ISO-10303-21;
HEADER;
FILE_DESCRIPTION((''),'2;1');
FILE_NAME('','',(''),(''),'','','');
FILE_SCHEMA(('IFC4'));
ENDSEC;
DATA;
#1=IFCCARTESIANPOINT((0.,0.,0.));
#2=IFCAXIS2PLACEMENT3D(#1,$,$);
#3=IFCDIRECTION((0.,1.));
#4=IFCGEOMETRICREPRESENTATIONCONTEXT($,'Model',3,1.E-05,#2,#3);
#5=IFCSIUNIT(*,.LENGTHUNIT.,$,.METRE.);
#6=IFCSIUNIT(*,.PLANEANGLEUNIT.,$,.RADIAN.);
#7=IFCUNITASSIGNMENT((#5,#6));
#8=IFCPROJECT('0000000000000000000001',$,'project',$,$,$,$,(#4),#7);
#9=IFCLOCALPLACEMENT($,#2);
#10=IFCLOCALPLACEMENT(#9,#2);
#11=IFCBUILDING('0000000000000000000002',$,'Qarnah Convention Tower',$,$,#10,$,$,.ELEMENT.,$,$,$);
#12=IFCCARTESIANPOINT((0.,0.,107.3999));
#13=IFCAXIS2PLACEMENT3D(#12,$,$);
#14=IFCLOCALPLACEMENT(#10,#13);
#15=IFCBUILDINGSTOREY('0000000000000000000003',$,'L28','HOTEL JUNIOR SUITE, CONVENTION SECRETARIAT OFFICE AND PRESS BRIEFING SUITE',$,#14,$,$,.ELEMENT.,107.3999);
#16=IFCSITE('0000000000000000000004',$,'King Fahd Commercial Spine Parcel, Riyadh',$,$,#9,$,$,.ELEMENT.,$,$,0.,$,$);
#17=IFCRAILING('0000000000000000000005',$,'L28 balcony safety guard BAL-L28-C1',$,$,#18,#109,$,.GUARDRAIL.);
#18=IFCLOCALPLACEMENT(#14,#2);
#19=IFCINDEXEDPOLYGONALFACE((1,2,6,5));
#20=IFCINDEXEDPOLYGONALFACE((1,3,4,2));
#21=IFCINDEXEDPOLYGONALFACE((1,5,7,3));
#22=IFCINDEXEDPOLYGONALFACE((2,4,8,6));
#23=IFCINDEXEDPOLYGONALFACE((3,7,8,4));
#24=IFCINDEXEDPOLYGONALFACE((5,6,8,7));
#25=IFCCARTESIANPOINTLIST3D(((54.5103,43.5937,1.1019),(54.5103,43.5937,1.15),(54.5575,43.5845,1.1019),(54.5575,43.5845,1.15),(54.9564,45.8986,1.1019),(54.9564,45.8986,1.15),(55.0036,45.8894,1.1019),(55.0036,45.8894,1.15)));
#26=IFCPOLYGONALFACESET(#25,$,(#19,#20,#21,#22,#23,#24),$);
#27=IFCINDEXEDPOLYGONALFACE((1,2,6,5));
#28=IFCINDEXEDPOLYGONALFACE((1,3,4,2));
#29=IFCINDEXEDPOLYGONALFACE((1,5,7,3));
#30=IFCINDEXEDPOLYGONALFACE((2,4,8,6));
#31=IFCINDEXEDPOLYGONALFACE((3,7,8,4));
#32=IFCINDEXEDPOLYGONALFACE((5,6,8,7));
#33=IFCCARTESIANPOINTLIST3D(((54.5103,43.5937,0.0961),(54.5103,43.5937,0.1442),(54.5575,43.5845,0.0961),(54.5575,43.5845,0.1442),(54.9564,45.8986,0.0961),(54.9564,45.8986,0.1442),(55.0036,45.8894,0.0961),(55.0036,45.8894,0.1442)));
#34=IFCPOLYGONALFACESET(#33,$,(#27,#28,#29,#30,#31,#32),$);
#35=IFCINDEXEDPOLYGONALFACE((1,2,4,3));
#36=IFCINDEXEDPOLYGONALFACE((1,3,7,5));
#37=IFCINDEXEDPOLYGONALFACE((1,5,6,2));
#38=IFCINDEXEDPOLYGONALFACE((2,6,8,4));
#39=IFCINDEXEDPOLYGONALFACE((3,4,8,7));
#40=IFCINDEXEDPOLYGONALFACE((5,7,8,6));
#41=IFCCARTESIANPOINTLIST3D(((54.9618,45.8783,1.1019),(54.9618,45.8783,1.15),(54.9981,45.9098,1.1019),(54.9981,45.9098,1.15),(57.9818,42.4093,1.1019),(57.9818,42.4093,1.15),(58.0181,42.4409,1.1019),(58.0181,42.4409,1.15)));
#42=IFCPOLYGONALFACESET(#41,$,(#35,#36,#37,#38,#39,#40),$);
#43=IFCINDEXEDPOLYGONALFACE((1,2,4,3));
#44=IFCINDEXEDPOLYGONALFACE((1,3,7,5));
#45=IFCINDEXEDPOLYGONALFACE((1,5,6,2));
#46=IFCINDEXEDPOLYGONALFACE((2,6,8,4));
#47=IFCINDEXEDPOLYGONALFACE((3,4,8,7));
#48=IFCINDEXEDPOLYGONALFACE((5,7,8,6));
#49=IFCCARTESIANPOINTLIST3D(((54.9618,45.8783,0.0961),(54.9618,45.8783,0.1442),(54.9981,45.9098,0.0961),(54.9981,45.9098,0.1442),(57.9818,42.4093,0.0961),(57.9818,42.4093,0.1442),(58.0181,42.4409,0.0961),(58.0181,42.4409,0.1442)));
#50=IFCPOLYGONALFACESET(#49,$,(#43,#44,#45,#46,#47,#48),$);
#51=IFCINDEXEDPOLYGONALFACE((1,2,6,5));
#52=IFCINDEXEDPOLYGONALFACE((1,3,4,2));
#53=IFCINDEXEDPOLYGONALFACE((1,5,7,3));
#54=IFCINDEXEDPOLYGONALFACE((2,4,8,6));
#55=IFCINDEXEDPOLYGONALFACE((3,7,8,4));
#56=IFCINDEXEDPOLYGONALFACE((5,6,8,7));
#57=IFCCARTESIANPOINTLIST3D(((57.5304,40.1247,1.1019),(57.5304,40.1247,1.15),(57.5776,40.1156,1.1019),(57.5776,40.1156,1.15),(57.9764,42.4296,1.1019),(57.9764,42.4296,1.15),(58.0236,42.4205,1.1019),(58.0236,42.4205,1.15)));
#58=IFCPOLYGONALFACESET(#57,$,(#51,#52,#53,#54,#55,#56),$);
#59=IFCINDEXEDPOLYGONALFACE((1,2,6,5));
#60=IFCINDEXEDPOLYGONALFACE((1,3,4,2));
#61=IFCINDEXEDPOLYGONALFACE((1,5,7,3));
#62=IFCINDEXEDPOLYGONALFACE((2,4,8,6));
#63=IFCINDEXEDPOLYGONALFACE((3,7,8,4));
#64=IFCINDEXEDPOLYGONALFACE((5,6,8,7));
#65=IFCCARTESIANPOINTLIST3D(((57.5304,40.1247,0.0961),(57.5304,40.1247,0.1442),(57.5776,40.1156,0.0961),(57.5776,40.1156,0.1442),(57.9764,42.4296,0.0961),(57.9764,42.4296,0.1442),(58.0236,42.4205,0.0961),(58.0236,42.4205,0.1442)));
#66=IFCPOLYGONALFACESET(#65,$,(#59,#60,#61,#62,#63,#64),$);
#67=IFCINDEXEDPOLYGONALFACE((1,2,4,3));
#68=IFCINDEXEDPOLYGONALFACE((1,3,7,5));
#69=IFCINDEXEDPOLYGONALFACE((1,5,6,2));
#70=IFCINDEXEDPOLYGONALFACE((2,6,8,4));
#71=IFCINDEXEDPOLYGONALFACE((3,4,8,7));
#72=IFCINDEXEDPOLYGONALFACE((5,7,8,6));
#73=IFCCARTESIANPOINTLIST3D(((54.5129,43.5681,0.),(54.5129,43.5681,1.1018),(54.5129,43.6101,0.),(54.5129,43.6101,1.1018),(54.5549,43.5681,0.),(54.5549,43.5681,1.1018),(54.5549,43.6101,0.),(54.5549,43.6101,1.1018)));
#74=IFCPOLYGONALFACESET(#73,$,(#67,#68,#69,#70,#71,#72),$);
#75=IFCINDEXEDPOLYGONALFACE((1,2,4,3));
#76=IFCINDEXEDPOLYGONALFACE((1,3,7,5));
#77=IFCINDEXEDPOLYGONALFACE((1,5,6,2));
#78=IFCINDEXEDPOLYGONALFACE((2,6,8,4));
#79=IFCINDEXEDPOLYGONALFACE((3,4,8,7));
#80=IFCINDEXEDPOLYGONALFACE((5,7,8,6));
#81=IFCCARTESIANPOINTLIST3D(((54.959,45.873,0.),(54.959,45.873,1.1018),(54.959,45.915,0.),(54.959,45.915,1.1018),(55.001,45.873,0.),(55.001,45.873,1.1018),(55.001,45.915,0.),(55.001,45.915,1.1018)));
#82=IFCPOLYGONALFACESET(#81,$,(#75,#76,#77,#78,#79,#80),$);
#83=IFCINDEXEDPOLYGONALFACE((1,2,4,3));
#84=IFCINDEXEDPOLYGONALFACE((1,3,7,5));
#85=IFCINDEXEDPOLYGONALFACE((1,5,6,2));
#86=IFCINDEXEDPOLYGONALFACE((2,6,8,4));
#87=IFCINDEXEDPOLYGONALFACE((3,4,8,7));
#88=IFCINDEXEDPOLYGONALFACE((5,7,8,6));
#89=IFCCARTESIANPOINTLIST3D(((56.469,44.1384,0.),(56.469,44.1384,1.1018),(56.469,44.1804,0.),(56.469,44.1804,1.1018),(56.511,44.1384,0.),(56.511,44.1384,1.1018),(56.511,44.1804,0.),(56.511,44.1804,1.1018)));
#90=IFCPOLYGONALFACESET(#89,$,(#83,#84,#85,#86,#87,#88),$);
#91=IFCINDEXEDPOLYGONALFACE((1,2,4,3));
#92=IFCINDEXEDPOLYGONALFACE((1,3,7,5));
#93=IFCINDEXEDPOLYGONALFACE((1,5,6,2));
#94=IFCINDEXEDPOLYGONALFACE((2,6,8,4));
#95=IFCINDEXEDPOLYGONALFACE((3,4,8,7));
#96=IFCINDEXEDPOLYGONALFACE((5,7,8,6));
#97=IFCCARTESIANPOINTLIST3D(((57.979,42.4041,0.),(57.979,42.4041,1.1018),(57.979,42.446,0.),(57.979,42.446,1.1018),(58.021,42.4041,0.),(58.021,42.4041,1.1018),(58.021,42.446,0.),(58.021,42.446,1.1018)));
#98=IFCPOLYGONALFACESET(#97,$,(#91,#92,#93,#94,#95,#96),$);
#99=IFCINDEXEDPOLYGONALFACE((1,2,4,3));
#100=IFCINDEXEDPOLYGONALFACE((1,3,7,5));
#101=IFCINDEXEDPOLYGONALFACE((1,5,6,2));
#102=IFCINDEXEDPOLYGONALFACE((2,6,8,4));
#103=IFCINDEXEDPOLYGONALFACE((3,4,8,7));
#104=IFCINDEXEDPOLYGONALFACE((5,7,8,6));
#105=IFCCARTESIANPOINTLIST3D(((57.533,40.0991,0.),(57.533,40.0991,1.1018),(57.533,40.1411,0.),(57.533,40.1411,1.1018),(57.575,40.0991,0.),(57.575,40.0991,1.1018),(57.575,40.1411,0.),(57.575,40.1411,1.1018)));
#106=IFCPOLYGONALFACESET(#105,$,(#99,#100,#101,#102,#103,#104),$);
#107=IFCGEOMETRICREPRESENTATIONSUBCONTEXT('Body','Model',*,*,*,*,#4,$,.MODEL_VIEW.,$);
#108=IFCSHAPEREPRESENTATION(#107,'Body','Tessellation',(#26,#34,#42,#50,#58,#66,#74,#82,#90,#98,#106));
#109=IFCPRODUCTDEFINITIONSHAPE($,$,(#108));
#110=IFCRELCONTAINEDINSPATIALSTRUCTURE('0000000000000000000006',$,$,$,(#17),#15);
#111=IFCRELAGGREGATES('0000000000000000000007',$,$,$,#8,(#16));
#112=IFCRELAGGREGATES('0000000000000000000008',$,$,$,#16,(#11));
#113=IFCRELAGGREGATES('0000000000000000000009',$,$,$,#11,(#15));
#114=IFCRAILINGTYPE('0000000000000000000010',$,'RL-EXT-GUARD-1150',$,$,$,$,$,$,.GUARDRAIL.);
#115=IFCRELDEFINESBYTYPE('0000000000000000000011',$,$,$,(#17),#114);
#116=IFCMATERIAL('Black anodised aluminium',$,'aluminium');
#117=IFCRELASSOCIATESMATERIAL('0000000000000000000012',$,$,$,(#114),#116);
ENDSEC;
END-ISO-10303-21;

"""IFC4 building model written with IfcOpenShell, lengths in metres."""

from ifc_helpers import new_model, si_unit, direction, frame, origin, origin_2d, place, context, subcontext, project, spatial, rectangle, extrude, material, type_object, element, save


model = new_model("IFC4")

# Units and contexts
model_context = context("Model", 3, precision=1e-05, world=origin(), true_north=direction((0.0, 1.0)))
body_context = subcontext(model_context, "Body", "Model", "MODEL_VIEW")
ifc_project = project(units=[si_unit("LENGTHUNIT", "METRE"), si_unit("PLANEANGLEUNIT", "RADIAN")], contexts=[model_context])

# Site, building, storey
site_placement = place(None, origin())
site = spatial("IfcSite", under=ifc_project, at=site_placement, Name="King Fahd Commercial Spine Parcel, Riyadh", CompositionType="ELEMENT", RefElevation=0.0)
building_placement = place(site_placement, origin())
building = spatial("IfcBuilding", under=site, at=building_placement, Name="Qarnah Convention Tower", CompositionType="ELEMENT")
storey_placement = place(building_placement, frame((0.0, 0.0, 107.3999)))
storey = spatial("IfcBuildingStorey", under=building, at=storey_placement, Name="L28", Description="HOTEL JUNIOR SUITE, CONVENTION SECRETARIAT OFFICE AND PRESS BRIEFING SUITE", CompositionType="ELEMENT", Elevation=107.3999)

# Shared definitions
ifc_material_1 = material(Name="Black anodised aluminium", Category="aluminium")

# Railing
railing_type = type_object("IfcRailingType", Name="RL-EXT-GUARD-1150", PredefinedType="GUARDRAIL", material=ifc_material_1)
railing_1_placement = place(storey_placement, frame((54.5339, 43.5891, 0.0)))
element("IfcRailing", 1, at=railing_1_placement, inside=storey, type_object=railing_type, Name="L28 balcony safety guard BAL-L28-C1", PredefinedType="GUARDRAIL", context=body_context, shape_type="SweptSolid", body=[
    extrude(rectangle(XDim=0.0481, YDim=0.0481, at=origin_2d()), frame((0.0, 0.0, 1.126), z_axis=(0.189993, 0.981785, 0.0), x_axis=(-0.981785, 0.189993, 0.0)), (0.0, 0.0, 1.0), 2.3477),
    extrude(rectangle(XDim=0.0481, YDim=0.0481, at=origin_2d()), frame((0.0, 0.0, 0.1201), z_axis=(0.189993, 0.981785, 0.0), x_axis=(-0.981785, 0.189993, 0.0)), (0.0, 0.0, 1.0), 2.3477),
    extrude(rectangle(XDim=0.0481, YDim=0.0481, at=origin_2d()), frame((0.446, 2.3049, 1.126), z_axis=(0.656612, -0.754228, 0.0), x_axis=(0.754228, 0.656612, 0.0)), (0.0, 0.0, 1.0), 4.5994),
    extrude(rectangle(XDim=0.0481, YDim=0.0481, at=origin_2d()), frame((0.446, 2.3049, 0.1201), z_axis=(0.656612, -0.754228, 0.0), x_axis=(0.754228, 0.656612, 0.0)), (0.0, 0.0, 1.0), 4.5994),
    extrude(rectangle(XDim=0.0481, YDim=0.0481, at=origin_2d()), frame((3.4661, -1.1641, 1.126), z_axis=(-0.189993, -0.981785, 0.0), x_axis=(0.981785, -0.189993, 0.0)), (0.0, 0.0, 1.0), 2.3477),
    extrude(rectangle(XDim=0.0481, YDim=0.0481, at=origin_2d()), frame((3.4661, -1.1641, 0.1201), z_axis=(-0.189993, -0.981785, 0.0), x_axis=(0.981785, -0.189993, 0.0)), (0.0, 0.0, 1.0), 2.3477),
    extrude(rectangle(XDim=0.042, YDim=0.042, at=origin_2d()), origin(), (0.0, 0.0, 1.0), 1.1018),
    extrude(rectangle(XDim=0.042, YDim=0.042, at=origin_2d()), frame((0.446, 2.3049, 0.0)), (0.0, 0.0, 1.0), 1.1018),
    extrude(rectangle(XDim=0.042, YDim=0.042, at=origin_2d()), frame((1.9561, 0.5703, 0.0)), (0.0, 0.0, 1.0), 1.1018),
    extrude(rectangle(XDim=0.042, YDim=0.042, at=origin_2d()), frame((3.4661, -1.1641, 0.0)), (0.0, 0.0, 1.0), 1.1018),
    extrude(rectangle(XDim=0.042, YDim=0.042, at=origin_2d()), frame((3.02, -3.469, 0.0)), (0.0, 0.0, 1.0), 1.1018),
])

save(model, "model.ifc")
